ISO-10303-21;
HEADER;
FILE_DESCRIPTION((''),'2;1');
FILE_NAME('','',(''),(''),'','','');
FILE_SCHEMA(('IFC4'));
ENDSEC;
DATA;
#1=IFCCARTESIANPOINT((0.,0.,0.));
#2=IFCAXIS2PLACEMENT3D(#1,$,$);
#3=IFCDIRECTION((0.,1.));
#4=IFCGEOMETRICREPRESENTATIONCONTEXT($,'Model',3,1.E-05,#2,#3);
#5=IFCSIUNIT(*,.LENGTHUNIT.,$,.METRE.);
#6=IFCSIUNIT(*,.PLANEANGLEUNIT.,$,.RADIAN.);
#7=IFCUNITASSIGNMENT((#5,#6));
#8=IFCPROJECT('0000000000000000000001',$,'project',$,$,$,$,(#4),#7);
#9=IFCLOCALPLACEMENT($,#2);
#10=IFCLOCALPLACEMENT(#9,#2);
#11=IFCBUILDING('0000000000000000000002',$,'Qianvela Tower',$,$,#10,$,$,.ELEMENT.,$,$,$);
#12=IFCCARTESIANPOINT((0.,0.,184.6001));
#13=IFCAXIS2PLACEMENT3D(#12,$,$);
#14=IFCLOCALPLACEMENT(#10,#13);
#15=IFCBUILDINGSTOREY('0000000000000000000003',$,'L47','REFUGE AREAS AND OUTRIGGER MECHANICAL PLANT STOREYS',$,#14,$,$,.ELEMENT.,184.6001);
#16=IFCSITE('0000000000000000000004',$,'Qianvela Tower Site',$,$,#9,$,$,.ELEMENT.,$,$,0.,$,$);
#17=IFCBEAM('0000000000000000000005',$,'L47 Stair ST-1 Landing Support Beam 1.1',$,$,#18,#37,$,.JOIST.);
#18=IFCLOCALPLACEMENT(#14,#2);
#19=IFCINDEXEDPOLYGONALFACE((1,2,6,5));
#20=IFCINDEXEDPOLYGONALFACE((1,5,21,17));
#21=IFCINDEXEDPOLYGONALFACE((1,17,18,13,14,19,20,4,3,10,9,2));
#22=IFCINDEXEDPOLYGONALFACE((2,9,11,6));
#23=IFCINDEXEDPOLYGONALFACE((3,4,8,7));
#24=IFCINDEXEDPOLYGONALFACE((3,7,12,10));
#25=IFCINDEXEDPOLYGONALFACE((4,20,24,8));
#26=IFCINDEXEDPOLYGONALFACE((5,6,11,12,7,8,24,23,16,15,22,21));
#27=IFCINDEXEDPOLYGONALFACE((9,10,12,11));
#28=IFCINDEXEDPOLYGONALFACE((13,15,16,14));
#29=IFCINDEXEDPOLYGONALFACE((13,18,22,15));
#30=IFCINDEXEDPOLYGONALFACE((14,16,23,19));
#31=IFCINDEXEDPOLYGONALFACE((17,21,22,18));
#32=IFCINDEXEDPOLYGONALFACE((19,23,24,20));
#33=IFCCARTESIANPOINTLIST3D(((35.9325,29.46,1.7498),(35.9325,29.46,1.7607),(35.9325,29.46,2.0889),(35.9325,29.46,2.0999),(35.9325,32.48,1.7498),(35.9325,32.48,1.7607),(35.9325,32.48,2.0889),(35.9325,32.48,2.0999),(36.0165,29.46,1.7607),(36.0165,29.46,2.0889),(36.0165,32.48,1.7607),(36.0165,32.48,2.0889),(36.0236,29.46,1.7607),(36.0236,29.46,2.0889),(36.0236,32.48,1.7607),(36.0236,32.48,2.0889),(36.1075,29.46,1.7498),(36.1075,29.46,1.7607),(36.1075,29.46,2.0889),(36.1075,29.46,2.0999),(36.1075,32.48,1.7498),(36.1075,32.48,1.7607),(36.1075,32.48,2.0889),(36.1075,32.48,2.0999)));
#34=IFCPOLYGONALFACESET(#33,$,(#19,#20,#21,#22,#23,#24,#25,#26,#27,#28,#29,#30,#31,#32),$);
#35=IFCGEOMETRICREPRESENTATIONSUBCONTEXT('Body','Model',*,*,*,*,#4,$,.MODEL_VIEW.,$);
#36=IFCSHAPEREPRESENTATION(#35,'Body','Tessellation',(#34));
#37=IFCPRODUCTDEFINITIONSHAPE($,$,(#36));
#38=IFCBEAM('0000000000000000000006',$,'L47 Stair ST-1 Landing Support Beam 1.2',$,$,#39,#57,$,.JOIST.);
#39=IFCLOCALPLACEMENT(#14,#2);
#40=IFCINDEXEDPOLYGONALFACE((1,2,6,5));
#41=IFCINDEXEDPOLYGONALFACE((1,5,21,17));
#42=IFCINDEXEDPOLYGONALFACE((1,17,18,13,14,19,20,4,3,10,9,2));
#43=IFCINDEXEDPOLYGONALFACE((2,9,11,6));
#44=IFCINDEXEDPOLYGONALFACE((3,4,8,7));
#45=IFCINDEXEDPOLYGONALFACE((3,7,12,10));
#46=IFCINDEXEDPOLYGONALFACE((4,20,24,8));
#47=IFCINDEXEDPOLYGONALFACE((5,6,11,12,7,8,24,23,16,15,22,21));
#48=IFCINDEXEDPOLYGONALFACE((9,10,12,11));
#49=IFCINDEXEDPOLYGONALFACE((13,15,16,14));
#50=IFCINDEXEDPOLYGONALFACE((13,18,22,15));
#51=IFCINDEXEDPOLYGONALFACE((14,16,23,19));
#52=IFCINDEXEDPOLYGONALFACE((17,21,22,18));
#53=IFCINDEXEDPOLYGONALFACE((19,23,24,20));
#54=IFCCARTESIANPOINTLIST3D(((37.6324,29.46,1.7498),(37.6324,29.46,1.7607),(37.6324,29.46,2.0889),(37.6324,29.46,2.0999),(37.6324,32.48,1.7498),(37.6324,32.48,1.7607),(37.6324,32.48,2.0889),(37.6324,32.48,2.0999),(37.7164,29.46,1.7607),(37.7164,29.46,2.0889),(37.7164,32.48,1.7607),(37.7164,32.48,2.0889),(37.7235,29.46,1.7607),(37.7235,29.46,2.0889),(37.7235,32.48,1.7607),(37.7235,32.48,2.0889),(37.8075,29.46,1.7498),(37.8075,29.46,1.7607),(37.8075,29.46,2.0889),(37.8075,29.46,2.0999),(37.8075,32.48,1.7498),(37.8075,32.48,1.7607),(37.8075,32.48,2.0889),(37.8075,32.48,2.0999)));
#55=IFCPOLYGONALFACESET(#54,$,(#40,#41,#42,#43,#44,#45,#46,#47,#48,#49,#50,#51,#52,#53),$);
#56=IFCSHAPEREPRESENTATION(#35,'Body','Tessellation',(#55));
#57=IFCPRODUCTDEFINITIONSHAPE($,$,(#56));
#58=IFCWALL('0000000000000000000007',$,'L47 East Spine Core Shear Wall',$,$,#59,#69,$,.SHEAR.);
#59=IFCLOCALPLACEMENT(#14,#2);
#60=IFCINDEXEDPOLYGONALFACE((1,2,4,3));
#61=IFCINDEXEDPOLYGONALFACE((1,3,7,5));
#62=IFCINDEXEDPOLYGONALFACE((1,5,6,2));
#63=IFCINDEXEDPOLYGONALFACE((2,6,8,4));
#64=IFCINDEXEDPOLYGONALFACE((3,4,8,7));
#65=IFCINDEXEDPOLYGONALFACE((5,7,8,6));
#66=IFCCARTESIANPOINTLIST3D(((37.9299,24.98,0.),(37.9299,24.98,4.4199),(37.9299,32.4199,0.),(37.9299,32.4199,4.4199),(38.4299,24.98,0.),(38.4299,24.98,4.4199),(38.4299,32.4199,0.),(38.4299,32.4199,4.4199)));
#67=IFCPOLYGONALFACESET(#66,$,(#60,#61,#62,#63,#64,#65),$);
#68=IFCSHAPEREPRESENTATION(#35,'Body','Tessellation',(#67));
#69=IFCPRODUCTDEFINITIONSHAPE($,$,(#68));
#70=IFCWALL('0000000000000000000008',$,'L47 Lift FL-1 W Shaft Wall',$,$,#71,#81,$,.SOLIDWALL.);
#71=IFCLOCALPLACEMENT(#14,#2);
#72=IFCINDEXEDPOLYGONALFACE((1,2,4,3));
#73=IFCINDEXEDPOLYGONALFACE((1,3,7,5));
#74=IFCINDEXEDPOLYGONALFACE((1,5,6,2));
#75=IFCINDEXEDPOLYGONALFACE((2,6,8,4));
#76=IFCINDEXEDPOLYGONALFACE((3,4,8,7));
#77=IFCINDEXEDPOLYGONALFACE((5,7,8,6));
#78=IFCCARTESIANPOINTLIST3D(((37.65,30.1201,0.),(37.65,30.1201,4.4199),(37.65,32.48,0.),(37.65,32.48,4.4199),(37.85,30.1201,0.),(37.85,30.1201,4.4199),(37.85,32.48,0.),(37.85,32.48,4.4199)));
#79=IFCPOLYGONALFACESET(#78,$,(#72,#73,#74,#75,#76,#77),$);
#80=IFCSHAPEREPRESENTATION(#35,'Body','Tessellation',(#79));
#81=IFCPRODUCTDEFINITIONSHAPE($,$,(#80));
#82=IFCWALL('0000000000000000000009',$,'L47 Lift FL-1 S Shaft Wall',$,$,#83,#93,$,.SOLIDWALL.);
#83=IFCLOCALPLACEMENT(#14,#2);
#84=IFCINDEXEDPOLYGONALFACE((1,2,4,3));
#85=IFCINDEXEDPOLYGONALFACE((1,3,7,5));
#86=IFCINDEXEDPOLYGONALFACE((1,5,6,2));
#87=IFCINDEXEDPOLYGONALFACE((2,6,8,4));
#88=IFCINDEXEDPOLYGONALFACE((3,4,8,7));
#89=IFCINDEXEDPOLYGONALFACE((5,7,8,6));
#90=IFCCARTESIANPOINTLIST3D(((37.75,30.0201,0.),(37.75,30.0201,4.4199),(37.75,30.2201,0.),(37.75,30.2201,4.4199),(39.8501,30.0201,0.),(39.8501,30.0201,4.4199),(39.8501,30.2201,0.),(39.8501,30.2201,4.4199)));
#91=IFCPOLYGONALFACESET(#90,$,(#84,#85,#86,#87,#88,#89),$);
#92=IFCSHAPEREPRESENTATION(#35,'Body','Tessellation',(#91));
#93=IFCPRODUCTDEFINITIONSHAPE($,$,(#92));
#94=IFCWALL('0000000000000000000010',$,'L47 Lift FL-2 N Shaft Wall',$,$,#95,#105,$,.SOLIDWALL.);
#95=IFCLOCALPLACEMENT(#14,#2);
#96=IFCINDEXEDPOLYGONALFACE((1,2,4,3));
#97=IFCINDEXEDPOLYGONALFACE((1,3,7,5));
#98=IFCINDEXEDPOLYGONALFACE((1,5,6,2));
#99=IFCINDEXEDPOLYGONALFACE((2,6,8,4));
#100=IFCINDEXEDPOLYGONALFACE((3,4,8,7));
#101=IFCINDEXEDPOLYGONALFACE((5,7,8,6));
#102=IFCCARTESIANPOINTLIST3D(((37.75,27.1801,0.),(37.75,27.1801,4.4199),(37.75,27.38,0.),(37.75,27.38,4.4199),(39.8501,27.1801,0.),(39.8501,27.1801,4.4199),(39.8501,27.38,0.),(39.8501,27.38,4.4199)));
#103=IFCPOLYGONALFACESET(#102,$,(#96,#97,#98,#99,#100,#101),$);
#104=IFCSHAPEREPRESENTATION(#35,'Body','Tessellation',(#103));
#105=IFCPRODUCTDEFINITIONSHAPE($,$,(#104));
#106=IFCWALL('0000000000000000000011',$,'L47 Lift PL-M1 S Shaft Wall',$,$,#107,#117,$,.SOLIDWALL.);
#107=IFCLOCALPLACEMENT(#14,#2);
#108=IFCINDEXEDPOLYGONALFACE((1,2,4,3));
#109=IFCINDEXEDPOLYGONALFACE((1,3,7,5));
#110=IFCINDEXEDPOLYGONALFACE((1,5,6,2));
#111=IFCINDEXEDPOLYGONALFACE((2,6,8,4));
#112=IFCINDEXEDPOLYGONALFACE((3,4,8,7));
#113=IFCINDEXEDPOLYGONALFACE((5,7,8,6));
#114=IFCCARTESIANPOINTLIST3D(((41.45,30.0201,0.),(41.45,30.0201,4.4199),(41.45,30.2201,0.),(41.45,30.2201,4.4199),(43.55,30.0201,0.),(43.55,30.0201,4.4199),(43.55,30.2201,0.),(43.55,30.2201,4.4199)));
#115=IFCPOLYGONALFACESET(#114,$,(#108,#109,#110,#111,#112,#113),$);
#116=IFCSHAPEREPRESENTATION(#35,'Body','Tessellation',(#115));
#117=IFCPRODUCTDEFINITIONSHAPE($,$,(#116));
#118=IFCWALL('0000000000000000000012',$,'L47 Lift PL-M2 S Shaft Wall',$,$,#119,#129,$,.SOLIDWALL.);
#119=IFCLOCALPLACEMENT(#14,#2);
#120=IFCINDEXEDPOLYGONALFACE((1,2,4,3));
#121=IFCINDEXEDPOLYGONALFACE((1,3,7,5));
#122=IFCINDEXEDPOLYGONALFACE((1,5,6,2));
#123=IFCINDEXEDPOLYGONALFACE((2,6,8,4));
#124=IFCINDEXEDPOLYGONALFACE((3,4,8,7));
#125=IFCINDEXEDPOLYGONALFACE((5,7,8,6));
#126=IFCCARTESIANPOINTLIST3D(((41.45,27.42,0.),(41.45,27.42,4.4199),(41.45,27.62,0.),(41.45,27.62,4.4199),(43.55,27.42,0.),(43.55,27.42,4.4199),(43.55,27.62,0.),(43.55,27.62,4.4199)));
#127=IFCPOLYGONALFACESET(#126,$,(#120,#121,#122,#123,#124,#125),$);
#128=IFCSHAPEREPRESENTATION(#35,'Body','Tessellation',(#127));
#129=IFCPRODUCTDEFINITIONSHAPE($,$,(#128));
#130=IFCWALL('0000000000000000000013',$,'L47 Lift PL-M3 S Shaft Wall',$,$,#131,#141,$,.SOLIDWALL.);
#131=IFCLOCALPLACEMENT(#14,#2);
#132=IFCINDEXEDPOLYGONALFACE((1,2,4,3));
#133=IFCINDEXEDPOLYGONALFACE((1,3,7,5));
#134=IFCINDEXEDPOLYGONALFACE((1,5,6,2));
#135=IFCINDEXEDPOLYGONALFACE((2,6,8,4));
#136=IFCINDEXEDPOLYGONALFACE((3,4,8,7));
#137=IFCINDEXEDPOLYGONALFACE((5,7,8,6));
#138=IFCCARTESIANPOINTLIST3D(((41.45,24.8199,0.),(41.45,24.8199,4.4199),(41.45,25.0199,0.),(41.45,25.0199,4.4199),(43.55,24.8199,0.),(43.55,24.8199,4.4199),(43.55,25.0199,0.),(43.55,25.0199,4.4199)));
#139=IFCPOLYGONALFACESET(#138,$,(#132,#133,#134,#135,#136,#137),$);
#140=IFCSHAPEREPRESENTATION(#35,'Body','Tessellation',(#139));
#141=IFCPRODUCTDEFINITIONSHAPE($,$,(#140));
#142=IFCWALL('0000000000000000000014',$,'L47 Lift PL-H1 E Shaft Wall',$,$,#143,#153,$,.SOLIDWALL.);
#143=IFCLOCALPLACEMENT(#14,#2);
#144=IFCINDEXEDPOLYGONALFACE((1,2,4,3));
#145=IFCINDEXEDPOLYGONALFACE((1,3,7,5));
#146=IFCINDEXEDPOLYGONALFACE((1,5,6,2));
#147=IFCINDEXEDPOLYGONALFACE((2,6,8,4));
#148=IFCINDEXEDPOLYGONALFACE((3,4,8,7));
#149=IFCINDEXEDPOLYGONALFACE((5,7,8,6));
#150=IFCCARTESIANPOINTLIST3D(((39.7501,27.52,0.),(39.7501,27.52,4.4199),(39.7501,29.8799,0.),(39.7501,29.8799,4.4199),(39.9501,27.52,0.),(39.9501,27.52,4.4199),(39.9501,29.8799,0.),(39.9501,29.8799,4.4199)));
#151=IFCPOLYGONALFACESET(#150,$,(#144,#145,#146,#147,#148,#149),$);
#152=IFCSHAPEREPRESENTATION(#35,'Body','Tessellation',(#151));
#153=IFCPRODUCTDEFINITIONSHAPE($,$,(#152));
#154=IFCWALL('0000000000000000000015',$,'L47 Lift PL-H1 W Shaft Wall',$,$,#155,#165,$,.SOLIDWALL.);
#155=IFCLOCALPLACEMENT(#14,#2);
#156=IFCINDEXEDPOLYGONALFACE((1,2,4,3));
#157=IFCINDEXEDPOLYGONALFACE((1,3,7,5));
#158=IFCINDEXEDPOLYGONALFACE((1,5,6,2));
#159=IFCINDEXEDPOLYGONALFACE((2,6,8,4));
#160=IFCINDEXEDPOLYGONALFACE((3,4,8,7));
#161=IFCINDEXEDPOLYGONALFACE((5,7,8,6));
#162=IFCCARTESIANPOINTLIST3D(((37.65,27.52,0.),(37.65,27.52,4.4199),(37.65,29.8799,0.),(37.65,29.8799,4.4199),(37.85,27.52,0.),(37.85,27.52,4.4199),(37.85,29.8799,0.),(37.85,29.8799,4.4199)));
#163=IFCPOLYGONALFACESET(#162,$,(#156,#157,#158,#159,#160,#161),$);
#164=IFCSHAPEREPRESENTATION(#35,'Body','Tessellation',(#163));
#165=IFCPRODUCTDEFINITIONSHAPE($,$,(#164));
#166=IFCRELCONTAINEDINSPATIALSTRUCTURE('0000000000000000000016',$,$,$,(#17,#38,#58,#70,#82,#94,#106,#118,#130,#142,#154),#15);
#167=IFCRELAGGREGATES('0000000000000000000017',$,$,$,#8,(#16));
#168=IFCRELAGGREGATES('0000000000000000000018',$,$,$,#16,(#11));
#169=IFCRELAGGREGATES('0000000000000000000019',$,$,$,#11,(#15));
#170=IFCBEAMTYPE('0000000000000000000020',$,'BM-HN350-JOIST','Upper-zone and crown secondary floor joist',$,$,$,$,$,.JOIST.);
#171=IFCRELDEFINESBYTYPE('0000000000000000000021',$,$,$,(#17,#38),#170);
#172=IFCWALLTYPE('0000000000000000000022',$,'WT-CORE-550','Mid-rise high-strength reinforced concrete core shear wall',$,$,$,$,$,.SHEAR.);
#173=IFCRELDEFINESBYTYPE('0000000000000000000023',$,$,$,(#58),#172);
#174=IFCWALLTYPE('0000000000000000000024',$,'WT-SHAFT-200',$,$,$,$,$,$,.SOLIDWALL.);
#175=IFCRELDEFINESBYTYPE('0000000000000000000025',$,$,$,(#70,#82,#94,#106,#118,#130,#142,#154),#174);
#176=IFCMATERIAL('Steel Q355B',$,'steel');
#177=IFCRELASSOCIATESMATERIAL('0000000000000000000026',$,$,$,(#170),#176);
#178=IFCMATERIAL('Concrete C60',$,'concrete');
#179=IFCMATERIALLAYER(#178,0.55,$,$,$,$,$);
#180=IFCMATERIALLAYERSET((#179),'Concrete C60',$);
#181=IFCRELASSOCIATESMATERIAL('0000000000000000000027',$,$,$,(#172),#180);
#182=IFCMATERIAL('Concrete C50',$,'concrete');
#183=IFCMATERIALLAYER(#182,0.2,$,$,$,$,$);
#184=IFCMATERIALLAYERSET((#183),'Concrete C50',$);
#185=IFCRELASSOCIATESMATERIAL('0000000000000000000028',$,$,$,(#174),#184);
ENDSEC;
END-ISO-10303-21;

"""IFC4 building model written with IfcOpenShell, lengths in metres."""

from ifc_helpers import new_model, si_unit, direction, frame, frame_2d, origin, origin_2d, place, context, subcontext, project, spatial, rectangle, i_section, extrude, material, layer, layer_set, material_profile, profile_set, type_object, element, save


model = new_model("IFC4")

# Units and contexts
model_context = context("Model", 3, precision=1e-05, world=origin(), true_north=direction((0.0, 1.0)))
body_context = subcontext(model_context, "Body", "Model", "MODEL_VIEW")
ifc_project = project(units=[si_unit("LENGTHUNIT", "METRE"), si_unit("PLANEANGLEUNIT", "RADIAN")], contexts=[model_context])

# Site, building, storey
site_placement = place(None, origin())
site = spatial("IfcSite", under=ifc_project, at=site_placement, Name="Qianvela Tower Site", CompositionType="ELEMENT", RefElevation=0.0)
building_placement = place(site_placement, origin())
building = spatial("IfcBuilding", under=site, at=building_placement, Name="Qianvela Tower", CompositionType="ELEMENT")
storey_placement = place(building_placement, frame((0.0, 0.0, 184.6001)))
storey = spatial("IfcBuildingStorey", under=building, at=storey_placement, Name="L47", Description="REFUGE AREAS AND OUTRIGGER MECHANICAL PLANT STOREYS", CompositionType="ELEMENT", Elevation=184.6001)

# Beams
ifc_material_1 = material(Name="Steel Q355B", Category="steel")
ifc_material_profile = material_profile(ifc_material_1, i_section(OverallWidth=0.175, OverallDepth=0.3501, WebThickness=0.0071, FlangeThickness=0.011, at=origin_2d()), Name="HN350x175x7x11")
ifc_profile_set = profile_set([ifc_material_profile], Name="Steel Q355B")
beam_type = type_object("IfcBeamType", Name="BM-HN350-JOIST", Description="Upper-zone and crown secondary floor joist", PredefinedType="JOIST", material=ifc_profile_set)
for number, where, z_axis, x_axis, name in (
    (1, (36.02, 29.46, 1.9248), (0.0, 1.0, 0.0), (-1.0, 0.0, 0.0), "L47 Stair ST-1 Landing Support Beam 1.1"),
    (2, (37.72, 29.46, 1.9248), (0.0, 1.0, 0.0), (-1.0, 0.0, 0.0), "L47 Stair ST-1 Landing Support Beam 1.2"),
):
    element("IfcBeam", number, at=place(storey_placement, frame(where, z_axis=z_axis, x_axis=x_axis)), inside=storey, type_object=beam_type, Name=name, PredefinedType="JOIST", context=body_context, shape_type="SweptSolid", body=[
        extrude(i_section(OverallWidth=0.175, OverallDepth=0.3501, WebThickness=0.0071, FlangeThickness=0.011, at=origin_2d()), origin(), (0.0, 0.0, 1.0), 3.02),
    ])

# Wall
ifc_material_2 = material(Name="Concrete C60", Category="concrete")
ifc_layer_1 = layer(ifc_material_2, 0.55)
ifc_layer_set_1 = layer_set([ifc_layer_1], Name="Concrete C60")
wall_type_1 = type_object("IfcWallType", Name="WT-CORE-550", Description="Mid-rise high-strength reinforced concrete core shear wall", PredefinedType="SHEAR", material=ifc_layer_set_1)
wall_1_placement = place(storey_placement, frame((38.1799, 24.98, 0.0), z_axis=(0.0, 0.0, 1.0), x_axis=(0.0, 1.0, 0.0)))
element("IfcWall", 3, at=wall_1_placement, inside=storey, type_object=wall_type_1, Name="L47 East Spine Core Shear Wall", PredefinedType="SHEAR", context=body_context, shape_type="SweptSolid", body=[
    extrude(rectangle(XDim=7.4399, YDim=0.5, at=frame_2d((3.72, 0.0))), origin(), (0.0, 0.0, 1.0), 4.4199),
])

# Shared definitions
ifc_material_3 = material(Name="Concrete C50", Category="concrete")
ifc_layer_2 = layer(ifc_material_3, 0.2)
ifc_layer_set_2 = layer_set([ifc_layer_2], Name="Concrete C50")
wall_type_2 = type_object("IfcWallType", Name="WT-SHAFT-200", PredefinedType="SOLIDWALL", material=ifc_layer_set_2)

# Walls
wall_2_placement = place(storey_placement, frame((37.75, 30.1201, 0.0), z_axis=(0.0, 0.0, 1.0), x_axis=(0.0, 1.0, 0.0)))
element("IfcWall", 4, at=wall_2_placement, inside=storey, type_object=wall_type_2, Name="L47 Lift FL-1 W Shaft Wall", PredefinedType="SOLIDWALL", context=body_context, shape_type="SweptSolid", body=[
    extrude(rectangle(XDim=2.3599, YDim=0.2, at=frame_2d((1.1799, 0.0))), origin(), (0.0, 0.0, 1.0), 4.4199),
])
wall_3_placement = place(storey_placement, frame((37.75, 30.1201, 0.0), z_axis=(0.0, 0.0, 1.0), x_axis=(1.0, 0.0, 0.0)))
element("IfcWall", 5, at=wall_3_placement, inside=storey, type_object=wall_type_2, Name="L47 Lift FL-1 S Shaft Wall", PredefinedType="SOLIDWALL", context=body_context, shape_type="SweptSolid", body=[
    extrude(rectangle(XDim=2.1001, YDim=0.2, at=frame_2d((1.05, 0.0))), origin(), (0.0, 0.0, 1.0), 4.4199),
])

# Wall
wall_4_placement = place(storey_placement, frame((37.75, 27.28, 0.0), z_axis=(0.0, 0.0, 1.0), x_axis=(1.0, 0.0, 0.0)))
element("IfcWall", 6, at=wall_4_placement, inside=storey, type_object=wall_type_2, Name="L47 Lift FL-2 N Shaft Wall", PredefinedType="SOLIDWALL", context=body_context, shape_type="SweptSolid", body=[
    extrude(rectangle(XDim=2.1001, YDim=0.2, at=frame_2d((1.05, 0.0))), origin(), (0.0, 0.0, 1.0), 4.4199),
])

# Wall
wall_5_placement = place(storey_placement, frame((41.45, 30.1201, 0.0), z_axis=(0.0, 0.0, 1.0), x_axis=(1.0, 0.0, 0.0)))
element("IfcWall", 7, at=wall_5_placement, inside=storey, type_object=wall_type_2, Name="L47 Lift PL-M1 S Shaft Wall", PredefinedType="SOLIDWALL", context=body_context, shape_type="SweptSolid", body=[
    extrude(rectangle(XDim=2.1001, YDim=0.2, at=frame_2d((1.05, 0.0))), origin(), (0.0, 0.0, 1.0), 4.4199),
])

# Wall
wall_6_placement = place(storey_placement, frame((41.45, 27.52, 0.0), z_axis=(0.0, 0.0, 1.0), x_axis=(1.0, 0.0, 0.0)))
element("IfcWall", 8, at=wall_6_placement, inside=storey, type_object=wall_type_2, Name="L47 Lift PL-M2 S Shaft Wall", PredefinedType="SOLIDWALL", context=body_context, shape_type="SweptSolid", body=[
    extrude(rectangle(XDim=2.1001, YDim=0.2, at=frame_2d((1.05, 0.0))), origin(), (0.0, 0.0, 1.0), 4.4199),
])

# Walls
wall_7_placement = place(storey_placement, frame((41.45, 24.9199, 0.0), z_axis=(0.0, 0.0, 1.0), x_axis=(1.0, 0.0, 0.0)))
element("IfcWall", 9, at=wall_7_placement, inside=storey, type_object=wall_type_2, Name="L47 Lift PL-M3 S Shaft Wall", PredefinedType="SOLIDWALL", context=body_context, shape_type="SweptSolid", body=[
    extrude(rectangle(XDim=2.1001, YDim=0.2, at=frame_2d((1.05, 0.0))), origin(), (0.0, 0.0, 1.0), 4.4199),
])
for number, where, z_axis, x_axis, name in (
    (10, (39.8501, 27.52, 0.0), (0.0, 0.0, 1.0), (0.0, 1.0, 0.0), "L47 Lift PL-H1 E Shaft Wall"),
    (11, (37.75, 27.52, 0.0), (0.0, 0.0, 1.0), (0.0, 1.0, 0.0), "L47 Lift PL-H1 W Shaft Wall"),
):
    element("IfcWall", number, at=place(storey_placement, frame(where, z_axis=z_axis, x_axis=x_axis)), inside=storey, type_object=wall_type_2, Name=name, PredefinedType="SOLIDWALL", context=body_context, shape_type="SweptSolid", body=[
        extrude(rectangle(XDim=2.3599, YDim=0.2, at=frame_2d((1.1799, 0.0))), origin(), (0.0, 0.0, 1.0), 4.4199),
    ])

save(model, "model.ifc")
